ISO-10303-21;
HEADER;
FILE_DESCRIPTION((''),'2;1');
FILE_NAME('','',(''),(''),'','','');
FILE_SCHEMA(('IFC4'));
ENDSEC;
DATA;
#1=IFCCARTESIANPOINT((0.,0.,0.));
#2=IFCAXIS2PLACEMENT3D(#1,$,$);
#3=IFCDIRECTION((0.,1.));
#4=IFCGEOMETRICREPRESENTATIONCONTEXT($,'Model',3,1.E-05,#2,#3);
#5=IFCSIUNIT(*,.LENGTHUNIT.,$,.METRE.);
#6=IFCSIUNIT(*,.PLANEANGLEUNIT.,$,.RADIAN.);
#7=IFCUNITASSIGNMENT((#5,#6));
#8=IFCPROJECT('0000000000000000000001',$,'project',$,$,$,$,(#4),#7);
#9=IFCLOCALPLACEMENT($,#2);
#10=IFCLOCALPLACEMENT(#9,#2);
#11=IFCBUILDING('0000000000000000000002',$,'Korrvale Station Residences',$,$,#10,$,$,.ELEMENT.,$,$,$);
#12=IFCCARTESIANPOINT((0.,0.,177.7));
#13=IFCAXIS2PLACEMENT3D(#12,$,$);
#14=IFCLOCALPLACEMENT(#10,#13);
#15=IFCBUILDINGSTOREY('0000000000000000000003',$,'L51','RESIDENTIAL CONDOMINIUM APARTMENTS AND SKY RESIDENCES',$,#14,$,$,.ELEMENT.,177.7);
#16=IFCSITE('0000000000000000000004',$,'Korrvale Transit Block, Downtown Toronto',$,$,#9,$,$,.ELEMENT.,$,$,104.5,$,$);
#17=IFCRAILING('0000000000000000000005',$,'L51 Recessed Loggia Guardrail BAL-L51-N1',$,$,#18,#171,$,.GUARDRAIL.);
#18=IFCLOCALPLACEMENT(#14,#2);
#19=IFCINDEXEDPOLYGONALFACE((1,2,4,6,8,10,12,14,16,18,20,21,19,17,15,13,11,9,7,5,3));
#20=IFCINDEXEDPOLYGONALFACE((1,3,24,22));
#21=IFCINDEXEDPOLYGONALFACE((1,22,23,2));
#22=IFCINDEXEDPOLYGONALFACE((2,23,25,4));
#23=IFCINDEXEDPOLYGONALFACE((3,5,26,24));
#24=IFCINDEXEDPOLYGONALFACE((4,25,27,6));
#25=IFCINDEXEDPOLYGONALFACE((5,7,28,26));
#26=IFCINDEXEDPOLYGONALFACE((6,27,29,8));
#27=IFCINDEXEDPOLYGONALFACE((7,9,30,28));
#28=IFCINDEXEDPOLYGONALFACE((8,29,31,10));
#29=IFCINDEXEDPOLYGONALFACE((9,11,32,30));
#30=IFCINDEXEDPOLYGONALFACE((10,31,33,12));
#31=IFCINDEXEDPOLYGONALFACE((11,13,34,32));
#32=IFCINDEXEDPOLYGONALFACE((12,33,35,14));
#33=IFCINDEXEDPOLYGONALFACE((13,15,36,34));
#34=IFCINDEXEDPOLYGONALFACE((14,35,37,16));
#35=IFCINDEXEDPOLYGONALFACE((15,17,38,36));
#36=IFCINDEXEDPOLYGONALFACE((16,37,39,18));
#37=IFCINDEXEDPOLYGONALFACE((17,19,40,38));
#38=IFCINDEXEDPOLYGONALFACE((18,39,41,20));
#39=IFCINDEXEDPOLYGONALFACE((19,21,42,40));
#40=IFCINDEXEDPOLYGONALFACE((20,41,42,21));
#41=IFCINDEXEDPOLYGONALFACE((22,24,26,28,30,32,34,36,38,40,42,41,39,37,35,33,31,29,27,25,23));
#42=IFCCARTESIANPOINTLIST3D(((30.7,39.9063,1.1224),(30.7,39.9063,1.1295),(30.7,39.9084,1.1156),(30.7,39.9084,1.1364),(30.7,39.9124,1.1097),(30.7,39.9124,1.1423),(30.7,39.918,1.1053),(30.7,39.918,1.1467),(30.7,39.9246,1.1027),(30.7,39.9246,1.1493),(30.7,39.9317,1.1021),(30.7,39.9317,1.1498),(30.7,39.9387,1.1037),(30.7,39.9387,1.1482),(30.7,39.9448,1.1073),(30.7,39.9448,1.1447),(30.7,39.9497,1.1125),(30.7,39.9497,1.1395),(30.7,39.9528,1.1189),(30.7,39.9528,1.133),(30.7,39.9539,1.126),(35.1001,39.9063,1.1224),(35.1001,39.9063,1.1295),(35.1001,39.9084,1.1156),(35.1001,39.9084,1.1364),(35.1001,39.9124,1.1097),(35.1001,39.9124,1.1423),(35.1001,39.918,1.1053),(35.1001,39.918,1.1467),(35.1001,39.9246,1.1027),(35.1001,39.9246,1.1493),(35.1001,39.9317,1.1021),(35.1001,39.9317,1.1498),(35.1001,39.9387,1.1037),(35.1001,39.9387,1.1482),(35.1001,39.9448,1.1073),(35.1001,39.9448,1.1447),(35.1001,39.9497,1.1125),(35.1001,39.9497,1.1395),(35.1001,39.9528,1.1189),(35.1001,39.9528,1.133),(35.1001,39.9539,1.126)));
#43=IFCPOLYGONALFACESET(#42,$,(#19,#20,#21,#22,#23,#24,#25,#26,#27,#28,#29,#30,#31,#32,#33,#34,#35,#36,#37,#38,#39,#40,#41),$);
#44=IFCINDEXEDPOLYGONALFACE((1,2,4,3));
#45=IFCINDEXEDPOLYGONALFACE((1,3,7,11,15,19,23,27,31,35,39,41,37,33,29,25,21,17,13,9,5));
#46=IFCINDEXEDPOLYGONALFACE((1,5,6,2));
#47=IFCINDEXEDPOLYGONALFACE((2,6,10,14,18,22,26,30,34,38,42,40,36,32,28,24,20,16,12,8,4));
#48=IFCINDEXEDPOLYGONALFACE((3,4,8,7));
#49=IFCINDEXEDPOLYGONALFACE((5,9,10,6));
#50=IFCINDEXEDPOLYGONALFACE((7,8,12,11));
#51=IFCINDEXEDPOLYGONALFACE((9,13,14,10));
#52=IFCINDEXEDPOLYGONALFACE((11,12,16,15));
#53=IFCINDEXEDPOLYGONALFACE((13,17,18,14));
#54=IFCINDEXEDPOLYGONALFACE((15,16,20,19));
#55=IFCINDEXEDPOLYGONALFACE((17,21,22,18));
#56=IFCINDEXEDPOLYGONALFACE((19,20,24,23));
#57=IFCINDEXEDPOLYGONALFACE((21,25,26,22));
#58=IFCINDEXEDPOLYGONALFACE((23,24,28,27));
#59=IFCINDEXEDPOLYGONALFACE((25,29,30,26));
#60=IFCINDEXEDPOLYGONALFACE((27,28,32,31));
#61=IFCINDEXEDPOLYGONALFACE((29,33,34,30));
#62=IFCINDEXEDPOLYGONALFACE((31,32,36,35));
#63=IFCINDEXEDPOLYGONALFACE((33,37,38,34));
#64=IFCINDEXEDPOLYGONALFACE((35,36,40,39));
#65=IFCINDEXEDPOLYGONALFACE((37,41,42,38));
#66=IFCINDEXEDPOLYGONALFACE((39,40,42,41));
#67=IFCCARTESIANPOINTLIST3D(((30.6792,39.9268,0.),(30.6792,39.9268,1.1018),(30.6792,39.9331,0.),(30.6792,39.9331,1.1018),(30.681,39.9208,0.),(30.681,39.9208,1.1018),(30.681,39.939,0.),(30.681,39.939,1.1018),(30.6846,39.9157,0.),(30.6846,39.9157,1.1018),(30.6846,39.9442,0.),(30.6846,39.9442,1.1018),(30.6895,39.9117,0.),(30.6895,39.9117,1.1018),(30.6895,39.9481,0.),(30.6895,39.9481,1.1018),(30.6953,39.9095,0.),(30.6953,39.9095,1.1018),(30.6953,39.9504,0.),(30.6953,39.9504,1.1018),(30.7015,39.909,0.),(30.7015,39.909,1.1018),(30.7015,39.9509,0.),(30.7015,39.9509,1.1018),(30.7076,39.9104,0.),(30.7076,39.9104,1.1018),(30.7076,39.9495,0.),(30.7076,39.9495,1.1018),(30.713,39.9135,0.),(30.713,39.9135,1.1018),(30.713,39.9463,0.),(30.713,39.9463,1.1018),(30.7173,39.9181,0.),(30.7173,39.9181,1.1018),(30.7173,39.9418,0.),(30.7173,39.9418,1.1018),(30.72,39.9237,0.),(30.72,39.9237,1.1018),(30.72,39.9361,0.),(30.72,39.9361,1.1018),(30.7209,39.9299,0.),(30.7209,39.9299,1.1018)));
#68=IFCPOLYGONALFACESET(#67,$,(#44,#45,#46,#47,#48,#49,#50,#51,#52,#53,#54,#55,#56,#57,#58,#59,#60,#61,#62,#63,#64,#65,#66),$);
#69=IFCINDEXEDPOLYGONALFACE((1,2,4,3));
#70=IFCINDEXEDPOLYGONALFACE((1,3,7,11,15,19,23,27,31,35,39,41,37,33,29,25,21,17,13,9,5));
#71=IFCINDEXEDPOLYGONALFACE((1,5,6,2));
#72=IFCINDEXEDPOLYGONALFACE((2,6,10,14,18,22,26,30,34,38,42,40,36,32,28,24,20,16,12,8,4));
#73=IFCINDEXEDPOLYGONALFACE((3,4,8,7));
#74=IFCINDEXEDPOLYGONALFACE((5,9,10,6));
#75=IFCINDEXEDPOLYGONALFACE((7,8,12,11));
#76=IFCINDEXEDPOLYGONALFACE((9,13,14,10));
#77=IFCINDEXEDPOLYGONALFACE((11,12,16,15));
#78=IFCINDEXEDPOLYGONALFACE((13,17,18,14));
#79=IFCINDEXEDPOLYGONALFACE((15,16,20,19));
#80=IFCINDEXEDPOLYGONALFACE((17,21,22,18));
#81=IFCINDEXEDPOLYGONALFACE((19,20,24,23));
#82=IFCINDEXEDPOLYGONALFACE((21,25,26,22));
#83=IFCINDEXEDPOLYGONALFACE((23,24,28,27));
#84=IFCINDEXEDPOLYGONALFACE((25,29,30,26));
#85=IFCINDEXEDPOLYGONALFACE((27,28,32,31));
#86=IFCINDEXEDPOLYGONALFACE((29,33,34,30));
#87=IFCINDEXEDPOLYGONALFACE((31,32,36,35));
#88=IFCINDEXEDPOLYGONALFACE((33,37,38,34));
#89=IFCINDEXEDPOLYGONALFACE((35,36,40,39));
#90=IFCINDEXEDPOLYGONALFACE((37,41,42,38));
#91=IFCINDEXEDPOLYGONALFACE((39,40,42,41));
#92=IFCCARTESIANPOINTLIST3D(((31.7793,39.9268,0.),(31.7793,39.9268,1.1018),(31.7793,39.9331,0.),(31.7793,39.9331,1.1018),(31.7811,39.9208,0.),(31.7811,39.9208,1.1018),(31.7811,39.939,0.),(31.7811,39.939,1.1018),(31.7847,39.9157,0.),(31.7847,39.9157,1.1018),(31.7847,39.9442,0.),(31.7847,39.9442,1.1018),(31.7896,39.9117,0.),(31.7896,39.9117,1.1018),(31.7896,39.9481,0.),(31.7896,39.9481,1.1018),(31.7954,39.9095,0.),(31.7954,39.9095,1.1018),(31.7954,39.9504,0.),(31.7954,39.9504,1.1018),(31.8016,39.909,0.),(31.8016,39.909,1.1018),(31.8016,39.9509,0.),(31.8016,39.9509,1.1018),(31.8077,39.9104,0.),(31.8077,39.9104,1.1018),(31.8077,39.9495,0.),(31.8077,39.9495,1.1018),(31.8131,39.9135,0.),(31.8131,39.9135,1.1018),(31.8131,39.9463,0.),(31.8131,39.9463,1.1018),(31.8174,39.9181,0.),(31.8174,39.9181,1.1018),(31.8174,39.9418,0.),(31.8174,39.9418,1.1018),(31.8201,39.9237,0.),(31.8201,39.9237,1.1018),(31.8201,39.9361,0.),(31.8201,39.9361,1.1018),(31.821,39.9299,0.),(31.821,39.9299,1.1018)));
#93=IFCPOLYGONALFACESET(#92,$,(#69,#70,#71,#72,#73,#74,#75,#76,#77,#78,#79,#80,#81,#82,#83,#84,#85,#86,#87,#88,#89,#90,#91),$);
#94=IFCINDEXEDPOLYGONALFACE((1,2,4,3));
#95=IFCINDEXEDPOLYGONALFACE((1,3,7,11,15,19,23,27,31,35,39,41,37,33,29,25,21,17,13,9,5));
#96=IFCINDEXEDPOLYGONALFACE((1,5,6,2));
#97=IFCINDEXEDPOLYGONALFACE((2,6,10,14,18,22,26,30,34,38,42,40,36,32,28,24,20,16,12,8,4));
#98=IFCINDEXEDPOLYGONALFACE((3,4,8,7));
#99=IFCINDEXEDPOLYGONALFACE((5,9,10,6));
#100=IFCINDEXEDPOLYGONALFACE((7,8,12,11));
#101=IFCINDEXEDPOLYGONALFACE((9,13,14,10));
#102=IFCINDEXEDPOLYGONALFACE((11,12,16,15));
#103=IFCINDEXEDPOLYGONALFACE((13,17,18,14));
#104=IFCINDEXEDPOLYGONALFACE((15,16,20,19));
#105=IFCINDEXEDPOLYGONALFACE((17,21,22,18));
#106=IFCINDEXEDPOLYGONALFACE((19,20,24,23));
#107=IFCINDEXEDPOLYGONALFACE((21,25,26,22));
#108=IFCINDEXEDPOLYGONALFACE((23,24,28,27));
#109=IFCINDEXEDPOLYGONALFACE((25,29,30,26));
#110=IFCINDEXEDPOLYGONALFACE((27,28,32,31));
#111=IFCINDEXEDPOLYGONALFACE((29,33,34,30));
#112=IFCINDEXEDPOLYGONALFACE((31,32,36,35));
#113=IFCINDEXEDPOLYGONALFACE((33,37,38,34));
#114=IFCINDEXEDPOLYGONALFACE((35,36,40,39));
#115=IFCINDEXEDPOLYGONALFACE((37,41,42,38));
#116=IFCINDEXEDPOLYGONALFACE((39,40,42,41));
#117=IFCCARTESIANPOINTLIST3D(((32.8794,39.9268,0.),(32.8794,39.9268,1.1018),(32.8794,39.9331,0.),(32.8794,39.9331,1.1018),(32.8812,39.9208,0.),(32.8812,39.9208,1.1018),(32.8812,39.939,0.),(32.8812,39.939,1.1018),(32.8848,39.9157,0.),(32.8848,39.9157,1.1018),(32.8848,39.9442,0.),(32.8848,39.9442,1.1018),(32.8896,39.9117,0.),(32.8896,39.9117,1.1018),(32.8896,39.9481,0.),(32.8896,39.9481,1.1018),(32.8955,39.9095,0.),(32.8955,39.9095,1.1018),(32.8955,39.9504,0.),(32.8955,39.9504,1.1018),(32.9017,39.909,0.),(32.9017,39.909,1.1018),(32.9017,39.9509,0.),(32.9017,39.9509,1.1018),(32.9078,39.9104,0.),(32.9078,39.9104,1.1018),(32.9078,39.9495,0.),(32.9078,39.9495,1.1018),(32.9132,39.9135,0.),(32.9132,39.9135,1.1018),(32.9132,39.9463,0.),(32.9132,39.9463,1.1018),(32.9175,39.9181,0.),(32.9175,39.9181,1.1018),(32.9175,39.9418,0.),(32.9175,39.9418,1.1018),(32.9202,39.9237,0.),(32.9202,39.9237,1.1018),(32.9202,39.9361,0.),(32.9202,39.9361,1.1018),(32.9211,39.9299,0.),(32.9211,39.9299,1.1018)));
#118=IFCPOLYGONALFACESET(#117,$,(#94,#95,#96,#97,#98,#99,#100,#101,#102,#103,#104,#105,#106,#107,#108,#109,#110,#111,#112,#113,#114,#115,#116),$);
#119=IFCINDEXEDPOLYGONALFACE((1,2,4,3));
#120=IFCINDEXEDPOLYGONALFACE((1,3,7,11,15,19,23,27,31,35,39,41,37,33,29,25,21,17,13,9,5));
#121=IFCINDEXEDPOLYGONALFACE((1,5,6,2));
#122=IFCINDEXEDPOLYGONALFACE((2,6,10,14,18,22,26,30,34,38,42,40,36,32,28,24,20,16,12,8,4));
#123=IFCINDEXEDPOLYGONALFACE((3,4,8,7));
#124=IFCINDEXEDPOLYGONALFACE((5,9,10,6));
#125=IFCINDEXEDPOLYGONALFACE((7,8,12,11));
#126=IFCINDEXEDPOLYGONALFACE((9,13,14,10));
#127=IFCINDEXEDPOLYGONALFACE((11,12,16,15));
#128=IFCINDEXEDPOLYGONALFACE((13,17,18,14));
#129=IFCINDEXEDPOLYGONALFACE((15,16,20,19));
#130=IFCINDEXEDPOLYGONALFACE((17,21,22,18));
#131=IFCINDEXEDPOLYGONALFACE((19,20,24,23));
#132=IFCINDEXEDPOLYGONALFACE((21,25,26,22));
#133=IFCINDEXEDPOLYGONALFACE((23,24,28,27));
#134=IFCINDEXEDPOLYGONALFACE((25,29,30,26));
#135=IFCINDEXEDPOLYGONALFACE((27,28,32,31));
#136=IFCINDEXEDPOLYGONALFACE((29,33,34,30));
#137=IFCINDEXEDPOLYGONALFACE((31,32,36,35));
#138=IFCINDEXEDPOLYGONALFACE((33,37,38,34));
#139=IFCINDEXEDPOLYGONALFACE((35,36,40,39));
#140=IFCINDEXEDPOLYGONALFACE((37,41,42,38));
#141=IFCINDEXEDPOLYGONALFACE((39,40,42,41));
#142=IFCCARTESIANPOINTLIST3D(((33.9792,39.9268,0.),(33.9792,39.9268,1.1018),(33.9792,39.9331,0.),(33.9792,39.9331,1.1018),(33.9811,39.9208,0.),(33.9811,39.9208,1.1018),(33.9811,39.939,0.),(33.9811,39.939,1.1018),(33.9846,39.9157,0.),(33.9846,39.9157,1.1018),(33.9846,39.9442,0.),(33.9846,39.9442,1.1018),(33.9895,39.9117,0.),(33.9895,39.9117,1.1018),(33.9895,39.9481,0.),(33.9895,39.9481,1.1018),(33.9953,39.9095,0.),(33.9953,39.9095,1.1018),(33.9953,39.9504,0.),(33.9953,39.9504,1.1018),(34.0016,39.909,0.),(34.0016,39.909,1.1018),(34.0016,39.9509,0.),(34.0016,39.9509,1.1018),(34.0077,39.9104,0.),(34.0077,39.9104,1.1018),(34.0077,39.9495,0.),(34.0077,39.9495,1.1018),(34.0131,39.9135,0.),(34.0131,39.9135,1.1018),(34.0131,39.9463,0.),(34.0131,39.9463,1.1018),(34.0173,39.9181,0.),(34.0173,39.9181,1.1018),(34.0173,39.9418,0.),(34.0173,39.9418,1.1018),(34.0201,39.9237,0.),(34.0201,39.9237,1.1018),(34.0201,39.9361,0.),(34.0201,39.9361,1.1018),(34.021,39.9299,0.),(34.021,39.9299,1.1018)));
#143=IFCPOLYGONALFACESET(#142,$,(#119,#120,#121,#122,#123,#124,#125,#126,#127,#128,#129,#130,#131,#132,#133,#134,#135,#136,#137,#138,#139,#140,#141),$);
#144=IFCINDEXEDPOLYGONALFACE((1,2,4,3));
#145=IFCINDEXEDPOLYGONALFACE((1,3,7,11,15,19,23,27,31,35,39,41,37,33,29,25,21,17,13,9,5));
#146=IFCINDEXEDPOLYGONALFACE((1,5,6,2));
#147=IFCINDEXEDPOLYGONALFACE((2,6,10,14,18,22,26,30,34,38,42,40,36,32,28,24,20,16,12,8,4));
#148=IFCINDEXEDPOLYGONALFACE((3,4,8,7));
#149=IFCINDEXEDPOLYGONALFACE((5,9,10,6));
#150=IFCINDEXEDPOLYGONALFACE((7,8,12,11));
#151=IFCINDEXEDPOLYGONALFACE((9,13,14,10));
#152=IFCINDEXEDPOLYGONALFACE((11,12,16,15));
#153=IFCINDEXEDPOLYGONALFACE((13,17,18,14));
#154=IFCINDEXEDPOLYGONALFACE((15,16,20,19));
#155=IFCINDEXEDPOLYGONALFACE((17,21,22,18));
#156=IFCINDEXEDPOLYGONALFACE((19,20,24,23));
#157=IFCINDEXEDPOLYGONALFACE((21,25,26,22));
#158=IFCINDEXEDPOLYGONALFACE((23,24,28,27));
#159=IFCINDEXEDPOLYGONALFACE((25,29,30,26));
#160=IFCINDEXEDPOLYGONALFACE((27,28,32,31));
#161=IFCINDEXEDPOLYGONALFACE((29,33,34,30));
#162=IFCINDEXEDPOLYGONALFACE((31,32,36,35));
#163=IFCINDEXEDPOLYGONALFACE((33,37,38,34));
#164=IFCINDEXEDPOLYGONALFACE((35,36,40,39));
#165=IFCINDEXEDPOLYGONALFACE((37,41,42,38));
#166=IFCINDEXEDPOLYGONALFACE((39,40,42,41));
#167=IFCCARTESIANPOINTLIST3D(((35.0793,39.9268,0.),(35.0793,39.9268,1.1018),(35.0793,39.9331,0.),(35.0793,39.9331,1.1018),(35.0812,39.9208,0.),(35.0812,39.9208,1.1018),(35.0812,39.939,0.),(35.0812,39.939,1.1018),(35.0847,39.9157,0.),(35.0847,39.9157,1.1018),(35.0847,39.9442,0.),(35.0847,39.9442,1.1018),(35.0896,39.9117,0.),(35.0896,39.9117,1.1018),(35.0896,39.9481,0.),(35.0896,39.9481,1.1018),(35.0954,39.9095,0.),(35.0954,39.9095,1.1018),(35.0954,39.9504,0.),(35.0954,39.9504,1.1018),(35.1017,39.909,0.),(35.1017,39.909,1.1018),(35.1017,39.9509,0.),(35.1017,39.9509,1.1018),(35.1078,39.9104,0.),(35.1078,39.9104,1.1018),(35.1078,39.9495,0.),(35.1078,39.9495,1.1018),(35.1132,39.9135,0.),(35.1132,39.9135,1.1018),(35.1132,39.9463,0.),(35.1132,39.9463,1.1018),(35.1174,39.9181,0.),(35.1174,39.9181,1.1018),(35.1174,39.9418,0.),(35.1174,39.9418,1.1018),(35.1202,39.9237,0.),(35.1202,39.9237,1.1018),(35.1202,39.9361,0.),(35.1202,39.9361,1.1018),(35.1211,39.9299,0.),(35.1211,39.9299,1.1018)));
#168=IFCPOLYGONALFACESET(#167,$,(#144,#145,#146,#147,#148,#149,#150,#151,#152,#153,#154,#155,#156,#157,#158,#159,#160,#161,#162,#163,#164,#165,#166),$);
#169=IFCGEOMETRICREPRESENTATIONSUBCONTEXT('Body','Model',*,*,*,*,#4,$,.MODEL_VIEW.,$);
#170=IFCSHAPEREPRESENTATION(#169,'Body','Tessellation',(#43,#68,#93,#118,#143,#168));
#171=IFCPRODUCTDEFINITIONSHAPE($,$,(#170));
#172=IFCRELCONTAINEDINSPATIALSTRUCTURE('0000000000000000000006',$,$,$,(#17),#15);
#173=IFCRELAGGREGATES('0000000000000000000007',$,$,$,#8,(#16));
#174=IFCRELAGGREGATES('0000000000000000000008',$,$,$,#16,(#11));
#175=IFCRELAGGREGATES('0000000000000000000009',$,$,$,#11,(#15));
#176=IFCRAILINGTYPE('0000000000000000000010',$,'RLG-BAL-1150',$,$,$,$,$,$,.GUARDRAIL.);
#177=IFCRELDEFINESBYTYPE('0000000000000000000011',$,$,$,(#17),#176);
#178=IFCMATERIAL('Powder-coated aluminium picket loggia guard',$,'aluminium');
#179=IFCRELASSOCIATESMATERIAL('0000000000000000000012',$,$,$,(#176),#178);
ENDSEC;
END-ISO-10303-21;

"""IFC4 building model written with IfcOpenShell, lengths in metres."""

from ifc_helpers import new_model, si_unit, direction, frame, origin, origin_2d, place, context, subcontext, project, spatial, circle, extrude, material, type_object, element, save


model = new_model("IFC4")

# Units and contexts
model_context = context("Model", 3, precision=1e-05, world=origin(), true_north=direction((0.0, 1.0)))
body_context = subcontext(model_context, "Body", "Model", "MODEL_VIEW")
ifc_project = project(units=[si_unit("LENGTHUNIT", "METRE"), si_unit("PLANEANGLEUNIT", "RADIAN")], contexts=[model_context])

# Site, building, storey
site_placement = place(None, origin())
site = spatial("IfcSite", under=ifc_project, at=site_placement, Name="Korrvale Transit Block, Downtown Toronto", CompositionType="ELEMENT", RefElevation=104.5)
building_placement = place(site_placement, origin())
building = spatial("IfcBuilding", under=site, at=building_placement, Name="Korrvale Station Residences", CompositionType="ELEMENT")
storey_placement = place(building_placement, frame((0.0, 0.0, 177.7)))
storey = spatial("IfcBuildingStorey", under=building, at=storey_placement, Name="L51", Description="RESIDENTIAL CONDOMINIUM APARTMENTS AND SKY RESIDENCES", CompositionType="ELEMENT", Elevation=177.7)

# Railing
ifc_material_1 = material(Name="Powder-coated aluminium picket loggia guard", Category="aluminium")
railing_type = type_object("IfcRailingType", Name="RLG-BAL-1150", PredefinedType="GUARDRAIL", material=ifc_material_1)
railing_placement = place(storey_placement, frame((30.7, 39.9299, 0.0)))
element("IfcRailing", 1, at=railing_placement, inside=storey, type_object=railing_type, Name="L51 Recessed Loggia Guardrail BAL-L51-N1", PredefinedType="GUARDRAIL", context=body_context, shape_type="SweptSolid", body=[
    extrude(circle(Radius=0.0239, at=origin_2d()), frame((0.0, 0.0, 1.126), z_axis=(1.0, 0.0, 0.0), x_axis=(0.0, 1.0, 0.0)), (0.0, 0.0, 1.0), 4.4001),
    extrude(circle(Radius=0.021, at=origin_2d()), origin(), (0.0, 0.0, 1.0), 1.1018),
    extrude(circle(Radius=0.021, at=origin_2d()), frame((1.1001, 0.0, 0.0)), (0.0, 0.0, 1.0), 1.1018),
    extrude(circle(Radius=0.021, at=origin_2d()), frame((2.2002, 0.0, 0.0)), (0.0, 0.0, 1.0), 1.1018),
    extrude(circle(Radius=0.021, at=origin_2d()), frame((3.3, 0.0, 0.0)), (0.0, 0.0, 1.0), 1.1018),
    extrude(circle(Radius=0.021, at=origin_2d()), frame((4.4001, 0.0, 0.0)), (0.0, 0.0, 1.0), 1.1018),
])

save(model, "model.ifc")
